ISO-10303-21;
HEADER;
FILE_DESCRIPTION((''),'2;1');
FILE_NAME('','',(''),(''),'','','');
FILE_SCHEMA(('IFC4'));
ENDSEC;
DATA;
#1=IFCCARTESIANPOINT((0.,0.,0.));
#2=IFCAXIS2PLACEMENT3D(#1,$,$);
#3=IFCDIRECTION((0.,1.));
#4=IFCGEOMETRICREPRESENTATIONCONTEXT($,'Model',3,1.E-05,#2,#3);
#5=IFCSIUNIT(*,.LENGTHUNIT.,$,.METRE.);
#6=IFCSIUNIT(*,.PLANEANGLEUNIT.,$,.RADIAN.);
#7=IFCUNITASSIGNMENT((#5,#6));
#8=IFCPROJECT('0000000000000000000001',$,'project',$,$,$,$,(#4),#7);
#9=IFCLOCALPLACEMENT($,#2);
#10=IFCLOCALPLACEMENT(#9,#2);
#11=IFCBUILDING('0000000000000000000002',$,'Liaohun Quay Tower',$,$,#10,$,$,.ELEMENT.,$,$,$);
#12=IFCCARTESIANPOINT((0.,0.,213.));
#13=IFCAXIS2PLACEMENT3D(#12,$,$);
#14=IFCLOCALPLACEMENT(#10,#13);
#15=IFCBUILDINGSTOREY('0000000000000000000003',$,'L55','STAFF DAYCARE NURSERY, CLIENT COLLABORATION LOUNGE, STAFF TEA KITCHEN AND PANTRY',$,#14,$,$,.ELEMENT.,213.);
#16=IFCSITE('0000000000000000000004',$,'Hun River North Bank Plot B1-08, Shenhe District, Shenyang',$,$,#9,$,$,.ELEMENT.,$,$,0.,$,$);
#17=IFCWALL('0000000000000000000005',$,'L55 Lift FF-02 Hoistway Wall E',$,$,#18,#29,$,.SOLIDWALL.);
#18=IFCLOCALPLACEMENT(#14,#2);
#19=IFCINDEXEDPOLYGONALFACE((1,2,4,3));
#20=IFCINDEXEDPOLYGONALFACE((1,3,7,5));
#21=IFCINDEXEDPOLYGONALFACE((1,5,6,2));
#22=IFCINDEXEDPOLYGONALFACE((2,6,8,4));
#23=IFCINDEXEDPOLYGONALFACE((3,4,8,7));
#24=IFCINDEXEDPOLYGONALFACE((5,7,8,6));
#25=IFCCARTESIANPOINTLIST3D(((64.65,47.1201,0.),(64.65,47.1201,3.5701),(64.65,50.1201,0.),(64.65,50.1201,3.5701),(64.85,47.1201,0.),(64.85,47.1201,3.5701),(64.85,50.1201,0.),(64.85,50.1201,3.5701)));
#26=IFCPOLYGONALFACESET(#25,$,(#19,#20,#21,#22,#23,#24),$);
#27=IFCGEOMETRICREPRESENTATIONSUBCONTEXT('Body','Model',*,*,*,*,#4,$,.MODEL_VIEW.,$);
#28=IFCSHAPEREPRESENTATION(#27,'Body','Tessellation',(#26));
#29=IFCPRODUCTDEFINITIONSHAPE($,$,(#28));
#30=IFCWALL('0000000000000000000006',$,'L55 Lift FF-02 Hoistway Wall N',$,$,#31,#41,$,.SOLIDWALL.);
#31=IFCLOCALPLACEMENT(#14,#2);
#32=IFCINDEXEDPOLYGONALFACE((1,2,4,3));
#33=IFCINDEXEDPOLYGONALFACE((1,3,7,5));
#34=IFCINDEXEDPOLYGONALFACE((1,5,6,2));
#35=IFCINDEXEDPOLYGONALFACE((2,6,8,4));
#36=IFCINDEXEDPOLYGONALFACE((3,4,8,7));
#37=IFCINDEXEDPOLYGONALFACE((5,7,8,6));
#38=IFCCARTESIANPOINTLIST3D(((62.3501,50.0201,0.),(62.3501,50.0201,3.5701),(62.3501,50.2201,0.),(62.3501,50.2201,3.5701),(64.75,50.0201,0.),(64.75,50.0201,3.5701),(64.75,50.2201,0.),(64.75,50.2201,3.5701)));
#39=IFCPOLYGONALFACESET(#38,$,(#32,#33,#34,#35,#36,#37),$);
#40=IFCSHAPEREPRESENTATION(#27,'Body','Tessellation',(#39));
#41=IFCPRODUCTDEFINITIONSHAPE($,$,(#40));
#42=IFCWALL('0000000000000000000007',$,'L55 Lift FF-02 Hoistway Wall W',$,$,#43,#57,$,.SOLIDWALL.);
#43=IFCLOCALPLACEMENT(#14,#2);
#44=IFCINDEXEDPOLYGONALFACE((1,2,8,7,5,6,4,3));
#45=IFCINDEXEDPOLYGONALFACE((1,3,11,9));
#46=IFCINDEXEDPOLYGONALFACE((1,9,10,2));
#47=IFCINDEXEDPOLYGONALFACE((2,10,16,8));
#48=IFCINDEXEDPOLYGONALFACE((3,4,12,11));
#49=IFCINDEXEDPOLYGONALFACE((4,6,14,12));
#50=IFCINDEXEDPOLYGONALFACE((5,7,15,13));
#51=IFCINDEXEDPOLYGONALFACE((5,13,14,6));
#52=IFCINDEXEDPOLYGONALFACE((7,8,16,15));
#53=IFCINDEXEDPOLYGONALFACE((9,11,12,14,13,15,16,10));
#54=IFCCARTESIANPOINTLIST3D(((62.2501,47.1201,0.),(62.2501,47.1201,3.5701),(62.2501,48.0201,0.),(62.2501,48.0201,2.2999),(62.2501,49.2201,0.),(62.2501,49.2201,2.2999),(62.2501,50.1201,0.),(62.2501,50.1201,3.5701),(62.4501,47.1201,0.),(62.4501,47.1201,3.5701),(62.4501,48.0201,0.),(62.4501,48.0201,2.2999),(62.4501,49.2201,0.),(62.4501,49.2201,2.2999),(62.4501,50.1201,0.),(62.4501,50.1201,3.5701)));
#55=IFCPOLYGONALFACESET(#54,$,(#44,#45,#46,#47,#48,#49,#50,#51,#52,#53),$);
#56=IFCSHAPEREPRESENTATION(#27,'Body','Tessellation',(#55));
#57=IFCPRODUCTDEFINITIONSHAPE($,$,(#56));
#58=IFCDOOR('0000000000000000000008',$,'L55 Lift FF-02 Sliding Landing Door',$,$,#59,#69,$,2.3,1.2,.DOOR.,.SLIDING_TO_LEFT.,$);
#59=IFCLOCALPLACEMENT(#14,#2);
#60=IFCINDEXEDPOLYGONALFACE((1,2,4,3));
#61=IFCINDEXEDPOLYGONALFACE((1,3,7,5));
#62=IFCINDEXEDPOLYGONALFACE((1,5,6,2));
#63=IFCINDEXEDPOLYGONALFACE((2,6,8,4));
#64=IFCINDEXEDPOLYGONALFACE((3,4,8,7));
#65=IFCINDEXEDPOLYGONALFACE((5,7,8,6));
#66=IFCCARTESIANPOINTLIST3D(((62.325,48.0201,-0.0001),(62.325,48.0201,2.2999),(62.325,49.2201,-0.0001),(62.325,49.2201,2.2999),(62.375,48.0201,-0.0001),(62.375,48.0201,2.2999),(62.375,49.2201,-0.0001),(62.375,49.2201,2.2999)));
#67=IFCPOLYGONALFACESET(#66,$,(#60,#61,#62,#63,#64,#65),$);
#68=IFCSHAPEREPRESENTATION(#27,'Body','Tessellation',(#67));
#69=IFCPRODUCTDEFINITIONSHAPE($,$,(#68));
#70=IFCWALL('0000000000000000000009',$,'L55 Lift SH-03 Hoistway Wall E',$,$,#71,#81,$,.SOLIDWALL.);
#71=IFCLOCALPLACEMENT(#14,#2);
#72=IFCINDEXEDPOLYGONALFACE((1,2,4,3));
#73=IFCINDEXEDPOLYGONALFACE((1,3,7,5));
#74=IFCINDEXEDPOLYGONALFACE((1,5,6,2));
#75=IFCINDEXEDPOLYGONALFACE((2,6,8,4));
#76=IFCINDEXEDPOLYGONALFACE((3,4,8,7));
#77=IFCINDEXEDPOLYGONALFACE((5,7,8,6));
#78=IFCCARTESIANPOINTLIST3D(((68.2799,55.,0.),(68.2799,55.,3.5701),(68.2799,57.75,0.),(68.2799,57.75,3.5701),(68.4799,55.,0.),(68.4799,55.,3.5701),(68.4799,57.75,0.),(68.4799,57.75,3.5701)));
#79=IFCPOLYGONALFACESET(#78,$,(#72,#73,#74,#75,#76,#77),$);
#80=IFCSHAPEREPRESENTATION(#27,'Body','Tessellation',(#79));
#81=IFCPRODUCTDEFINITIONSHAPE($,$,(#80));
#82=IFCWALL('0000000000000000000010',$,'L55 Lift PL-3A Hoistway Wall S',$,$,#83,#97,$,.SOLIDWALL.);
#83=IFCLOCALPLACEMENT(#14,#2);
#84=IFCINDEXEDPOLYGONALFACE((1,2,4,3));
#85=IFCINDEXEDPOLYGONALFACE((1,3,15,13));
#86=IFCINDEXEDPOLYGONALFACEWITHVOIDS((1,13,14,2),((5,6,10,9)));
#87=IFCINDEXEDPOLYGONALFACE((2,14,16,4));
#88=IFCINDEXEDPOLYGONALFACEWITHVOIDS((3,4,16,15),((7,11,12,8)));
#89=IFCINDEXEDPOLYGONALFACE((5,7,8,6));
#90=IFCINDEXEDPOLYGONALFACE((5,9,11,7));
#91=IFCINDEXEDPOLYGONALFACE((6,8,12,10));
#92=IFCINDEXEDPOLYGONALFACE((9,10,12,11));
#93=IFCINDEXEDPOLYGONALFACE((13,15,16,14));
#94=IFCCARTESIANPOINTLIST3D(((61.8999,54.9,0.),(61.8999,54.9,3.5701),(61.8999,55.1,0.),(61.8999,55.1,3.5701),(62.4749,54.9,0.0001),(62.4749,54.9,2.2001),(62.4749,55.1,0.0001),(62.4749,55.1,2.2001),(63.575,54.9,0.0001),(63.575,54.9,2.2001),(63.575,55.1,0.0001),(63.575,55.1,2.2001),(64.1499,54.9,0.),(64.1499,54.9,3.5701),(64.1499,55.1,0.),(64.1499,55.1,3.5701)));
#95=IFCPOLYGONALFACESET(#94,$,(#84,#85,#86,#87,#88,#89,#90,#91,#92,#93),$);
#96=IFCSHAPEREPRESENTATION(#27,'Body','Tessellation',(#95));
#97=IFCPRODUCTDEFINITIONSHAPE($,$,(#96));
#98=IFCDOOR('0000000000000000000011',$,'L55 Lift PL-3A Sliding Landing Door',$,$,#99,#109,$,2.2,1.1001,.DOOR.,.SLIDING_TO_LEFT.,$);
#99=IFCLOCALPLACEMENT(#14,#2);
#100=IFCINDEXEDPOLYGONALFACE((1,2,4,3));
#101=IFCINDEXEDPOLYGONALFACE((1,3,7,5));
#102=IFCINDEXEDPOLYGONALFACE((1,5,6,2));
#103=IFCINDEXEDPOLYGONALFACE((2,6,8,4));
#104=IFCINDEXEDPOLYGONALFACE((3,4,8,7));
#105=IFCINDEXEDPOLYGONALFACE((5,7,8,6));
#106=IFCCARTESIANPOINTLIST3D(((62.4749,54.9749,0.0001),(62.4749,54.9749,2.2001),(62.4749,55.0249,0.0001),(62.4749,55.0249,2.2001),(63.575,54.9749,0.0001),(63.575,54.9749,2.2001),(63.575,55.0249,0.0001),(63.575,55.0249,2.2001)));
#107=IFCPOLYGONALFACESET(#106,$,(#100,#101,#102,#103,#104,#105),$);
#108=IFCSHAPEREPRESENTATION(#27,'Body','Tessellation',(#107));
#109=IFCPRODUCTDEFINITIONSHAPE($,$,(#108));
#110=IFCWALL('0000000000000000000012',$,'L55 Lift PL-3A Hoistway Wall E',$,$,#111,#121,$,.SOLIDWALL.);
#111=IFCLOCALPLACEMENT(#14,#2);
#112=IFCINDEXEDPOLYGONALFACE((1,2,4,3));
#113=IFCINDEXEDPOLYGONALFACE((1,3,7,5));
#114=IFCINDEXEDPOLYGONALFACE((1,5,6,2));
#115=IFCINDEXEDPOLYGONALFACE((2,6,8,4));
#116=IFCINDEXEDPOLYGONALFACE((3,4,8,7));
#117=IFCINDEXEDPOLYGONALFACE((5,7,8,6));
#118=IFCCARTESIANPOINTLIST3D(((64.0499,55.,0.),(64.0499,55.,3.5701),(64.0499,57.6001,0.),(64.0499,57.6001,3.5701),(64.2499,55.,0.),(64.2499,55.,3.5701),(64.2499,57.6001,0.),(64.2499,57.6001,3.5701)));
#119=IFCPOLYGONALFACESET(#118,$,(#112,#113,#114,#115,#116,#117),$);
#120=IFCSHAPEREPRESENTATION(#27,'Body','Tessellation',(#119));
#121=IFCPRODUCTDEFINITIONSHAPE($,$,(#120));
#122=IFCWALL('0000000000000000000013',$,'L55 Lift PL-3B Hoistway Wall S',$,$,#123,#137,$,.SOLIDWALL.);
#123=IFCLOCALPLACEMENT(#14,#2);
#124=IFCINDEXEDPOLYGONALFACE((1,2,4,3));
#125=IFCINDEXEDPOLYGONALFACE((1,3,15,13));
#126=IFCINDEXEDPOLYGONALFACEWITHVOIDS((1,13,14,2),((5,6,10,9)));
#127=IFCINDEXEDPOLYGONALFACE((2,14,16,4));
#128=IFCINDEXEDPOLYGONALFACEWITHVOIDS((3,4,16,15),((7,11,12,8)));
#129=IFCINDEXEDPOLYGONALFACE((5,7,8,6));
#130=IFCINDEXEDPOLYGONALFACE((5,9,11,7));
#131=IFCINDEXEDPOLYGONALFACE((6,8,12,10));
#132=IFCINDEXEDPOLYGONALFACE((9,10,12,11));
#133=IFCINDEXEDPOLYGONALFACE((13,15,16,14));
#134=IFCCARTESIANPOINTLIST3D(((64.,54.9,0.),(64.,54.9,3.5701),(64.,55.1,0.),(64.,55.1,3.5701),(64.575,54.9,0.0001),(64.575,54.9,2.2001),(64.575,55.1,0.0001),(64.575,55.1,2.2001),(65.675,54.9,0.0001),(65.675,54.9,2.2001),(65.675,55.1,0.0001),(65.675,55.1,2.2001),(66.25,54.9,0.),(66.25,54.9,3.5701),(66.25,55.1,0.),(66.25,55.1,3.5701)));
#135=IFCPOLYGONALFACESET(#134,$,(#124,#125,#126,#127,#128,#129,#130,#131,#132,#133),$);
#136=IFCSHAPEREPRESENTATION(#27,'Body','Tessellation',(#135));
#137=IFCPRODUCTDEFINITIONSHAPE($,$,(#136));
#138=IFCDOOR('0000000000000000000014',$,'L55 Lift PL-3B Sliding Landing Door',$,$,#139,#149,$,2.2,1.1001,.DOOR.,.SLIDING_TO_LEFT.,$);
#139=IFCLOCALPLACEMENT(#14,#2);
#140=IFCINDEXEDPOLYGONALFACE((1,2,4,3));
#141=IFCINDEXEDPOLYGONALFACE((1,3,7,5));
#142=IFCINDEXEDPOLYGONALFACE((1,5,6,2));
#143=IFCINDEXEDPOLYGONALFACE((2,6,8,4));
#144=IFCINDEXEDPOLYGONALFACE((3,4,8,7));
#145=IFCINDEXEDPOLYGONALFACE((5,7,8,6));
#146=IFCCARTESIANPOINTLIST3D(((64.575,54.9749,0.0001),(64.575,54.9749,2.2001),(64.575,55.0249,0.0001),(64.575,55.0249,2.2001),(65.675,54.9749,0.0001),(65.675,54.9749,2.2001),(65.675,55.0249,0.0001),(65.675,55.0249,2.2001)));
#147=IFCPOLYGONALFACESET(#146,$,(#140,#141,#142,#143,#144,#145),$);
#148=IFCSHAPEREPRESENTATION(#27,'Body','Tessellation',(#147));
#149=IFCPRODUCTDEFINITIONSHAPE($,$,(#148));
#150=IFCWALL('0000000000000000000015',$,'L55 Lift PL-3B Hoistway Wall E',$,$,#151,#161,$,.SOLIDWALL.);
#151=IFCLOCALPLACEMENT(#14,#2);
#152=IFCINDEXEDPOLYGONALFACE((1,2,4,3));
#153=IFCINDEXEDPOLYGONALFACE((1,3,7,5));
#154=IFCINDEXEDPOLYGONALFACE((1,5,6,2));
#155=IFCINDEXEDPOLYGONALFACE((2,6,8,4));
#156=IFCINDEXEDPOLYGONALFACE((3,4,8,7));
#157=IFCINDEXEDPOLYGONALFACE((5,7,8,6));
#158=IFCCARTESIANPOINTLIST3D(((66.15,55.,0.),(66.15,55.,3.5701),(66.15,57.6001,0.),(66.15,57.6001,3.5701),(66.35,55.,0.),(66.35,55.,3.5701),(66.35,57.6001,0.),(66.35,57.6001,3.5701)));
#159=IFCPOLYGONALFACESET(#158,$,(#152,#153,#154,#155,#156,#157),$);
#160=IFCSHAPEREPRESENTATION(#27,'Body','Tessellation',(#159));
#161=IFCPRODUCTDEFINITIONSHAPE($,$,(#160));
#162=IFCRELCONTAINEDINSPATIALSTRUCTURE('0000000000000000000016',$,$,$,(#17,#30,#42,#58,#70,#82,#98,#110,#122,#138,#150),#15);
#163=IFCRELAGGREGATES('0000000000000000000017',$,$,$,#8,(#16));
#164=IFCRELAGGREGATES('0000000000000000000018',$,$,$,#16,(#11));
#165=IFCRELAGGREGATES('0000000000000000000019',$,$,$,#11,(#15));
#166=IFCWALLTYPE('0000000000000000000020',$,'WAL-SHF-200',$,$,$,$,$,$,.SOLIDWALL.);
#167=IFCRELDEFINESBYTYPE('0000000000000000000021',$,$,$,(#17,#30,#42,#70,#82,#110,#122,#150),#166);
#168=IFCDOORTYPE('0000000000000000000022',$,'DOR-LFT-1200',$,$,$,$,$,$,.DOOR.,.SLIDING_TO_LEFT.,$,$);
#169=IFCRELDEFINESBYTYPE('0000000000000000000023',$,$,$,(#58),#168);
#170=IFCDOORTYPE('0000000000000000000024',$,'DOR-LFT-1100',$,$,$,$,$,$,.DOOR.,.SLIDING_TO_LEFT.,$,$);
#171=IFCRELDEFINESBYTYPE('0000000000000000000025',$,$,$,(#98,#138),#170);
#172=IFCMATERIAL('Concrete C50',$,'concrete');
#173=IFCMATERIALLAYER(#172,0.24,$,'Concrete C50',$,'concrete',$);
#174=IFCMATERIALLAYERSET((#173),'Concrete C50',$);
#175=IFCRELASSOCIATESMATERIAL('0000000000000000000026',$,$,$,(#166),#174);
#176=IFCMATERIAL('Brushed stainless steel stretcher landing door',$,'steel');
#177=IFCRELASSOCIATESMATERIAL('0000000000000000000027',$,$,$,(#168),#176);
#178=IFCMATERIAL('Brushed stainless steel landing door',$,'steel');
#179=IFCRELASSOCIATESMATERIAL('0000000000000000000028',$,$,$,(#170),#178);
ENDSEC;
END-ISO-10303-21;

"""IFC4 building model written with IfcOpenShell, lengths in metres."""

from ifc_helpers import new_model, si_unit, direction, frame, frame_2d, origin, place, context, subcontext, project, spatial, rectangle, extrude, source, transform, mapped, material, layer, layer_set, type_object, element, fill, save


model = new_model("IFC4")

# Units and contexts
model_context = context("Model", 3, precision=1e-05, world=origin(), true_north=direction((0.0, 1.0)))
body_context = subcontext(model_context, "Body", "Model", "MODEL_VIEW")
ifc_project = project(units=[si_unit("LENGTHUNIT", "METRE"), si_unit("PLANEANGLEUNIT", "RADIAN")], contexts=[model_context])

# Site, building, storey
site_placement = place(None, origin())
site = spatial("IfcSite", under=ifc_project, at=site_placement, Name="Hun River North Bank Plot B1-08, Shenhe District, Shenyang", CompositionType="ELEMENT", RefElevation=0.0)
building_placement = place(site_placement, origin())
building = spatial("IfcBuilding", under=site, at=building_placement, Name="Liaohun Quay Tower", CompositionType="ELEMENT")
storey_placement = place(building_placement, frame((0.0, 0.0, 213.0)))
storey = spatial("IfcBuildingStorey", under=building, at=storey_placement, Name="L55", Description="STAFF DAYCARE NURSERY, CLIENT COLLABORATION LOUNGE, STAFF TEA KITCHEN AND PANTRY", CompositionType="ELEMENT", Elevation=213.0)

# Walls
ifc_material_1 = material(Name="Concrete C50", Category="concrete")
ifc_layer_1 = layer(ifc_material_1, 0.24, Name="Concrete C50", Category="concrete")
ifc_layer_set_1 = layer_set([ifc_layer_1], Name="Concrete C50")
wall_type_1 = type_object("IfcWallType", Name="WAL-SHF-200", PredefinedType="SOLIDWALL", material=ifc_layer_set_1)
wall_1_placement = place(storey_placement, frame((64.75, 47.1201, 0.0), z_axis=(0.0, 0.0, 1.0), x_axis=(0.0, 1.0, 0.0)))
element("IfcWall", 1, at=wall_1_placement, inside=storey, type_object=wall_type_1, Name="L55 Lift FF-02 Hoistway Wall E", PredefinedType="SOLIDWALL", context=body_context, shape_type="SweptSolid", body=[
    extrude(rectangle(XDim=3.0, YDim=0.2, at=frame_2d((1.5, 0.0))), origin(), (0.0, 0.0, 1.0), 3.5701),
])
wall_2_placement = place(storey_placement, frame((64.75, 50.1201, 0.0), z_axis=(0.0, 0.0, 1.0), x_axis=(-1.0, 0.0, 0.0)))
element("IfcWall", 2, at=wall_2_placement, inside=storey, type_object=wall_type_1, Name="L55 Lift FF-02 Hoistway Wall N", PredefinedType="SOLIDWALL", context=body_context, shape_type="SweptSolid", body=[
    extrude(rectangle(XDim=2.3999, YDim=0.2, at=frame_2d((1.2, 0.0))), origin(), (0.0, 0.0, 1.0), 3.5701),
])

# Wall, opening, door
wall_3_placement = place(storey_placement, frame((62.3501, 50.1201, 0.0), z_axis=(0.0, 0.0, 1.0), x_axis=(0.0, -1.0, 0.0)))
wall_3 = element("IfcWall", 3, at=wall_3_placement, inside=storey, type_object=wall_type_1, Name="L55 Lift FF-02 Hoistway Wall W", PredefinedType="SOLIDWALL", context=body_context, shape_type="SweptSolid", body=[
    extrude(rectangle(XDim=3.0, YDim=0.2, at=frame_2d((1.5, 0.0))), origin(), (0.0, 0.0, 1.0), 3.5701),
])
shared_shape_1 = source(origin(), body_context, "Body", "SweptSolid", [
    extrude(rectangle(XDim=1.2, YDim=2.3, at=frame_2d((0.6001, 1.1499))), frame((0.0, 0.1099, 0.0), z_axis=(0.0, -1.0, 0.0), x_axis=(1.0, 0.0, 0.0)), (0.0, 0.0, 1.0), 0.22),
])
opening_1_placement = place(wall_3_placement, frame((0.8999, 0.0, 0.0)))
opening_1 = element("IfcOpeningElement", 4, at=opening_1_placement, cuts=wall_3, PredefinedType="OPENING", context=body_context, shape_type="MappedRepresentation", body=[
    mapped(shared_shape_1, transform((0.0, 0.0, 0.0), x_axis=(1.0, 0.0, 0.0), y_axis=(0.0, 1.0, 0.0), z_axis=(0.0, 0.0, 1.0), scale=1.0)),
])
ifc_material_2 = material(Name="Brushed stainless steel stretcher landing door", Category="steel")
door_type_1 = type_object("IfcDoorType", Name="DOR-LFT-1200", OperationType="SLIDING_TO_LEFT", PredefinedType="DOOR", material=ifc_material_2)
shared_shape_2 = source(origin(), body_context, "Body", "SweptSolid", [
    extrude(rectangle(XDim=1.2, YDim=2.3, at=frame_2d((0.6001, 1.1499))), frame((0.0, 0.0249, 0.0), z_axis=(0.0, -1.0, 0.0), x_axis=(1.0, 0.0, 0.0)), (0.0, 0.0, 1.0), 0.05),
])
door_1_placement = place(opening_1_placement, origin())
door_1 = element("IfcDoor", 5, at=door_1_placement, inside=storey, type_object=door_type_1, Name="L55 Lift FF-02 Sliding Landing Door", OperationType="SLIDING_TO_LEFT", OverallHeight=2.3, OverallWidth=1.2, PredefinedType="DOOR", context=body_context, shape_type="MappedRepresentation", body=[
    mapped(shared_shape_2, transform((0.0, 0.0, 0.0), x_axis=(1.0, 0.0, 0.0), y_axis=(0.0, 1.0, 0.0), z_axis=(0.0, 0.0, 1.0), scale=1.0)),
])
fill(opening_1, door_1)

# Wall
wall_4_placement = place(storey_placement, frame((68.3799, 55.0, 0.0), z_axis=(0.0, 0.0, 1.0), x_axis=(0.0, 1.0, 0.0)))
element("IfcWall", 6, at=wall_4_placement, inside=storey, type_object=wall_type_1, Name="L55 Lift SH-03 Hoistway Wall E", PredefinedType="SOLIDWALL", context=body_context, shape_type="SweptSolid", body=[
    extrude(rectangle(XDim=2.75, YDim=0.2, at=frame_2d((1.375, 0.0))), origin(), (0.0, 0.0, 1.0), 3.5701),
])

# Wall, opening, door
wall_5_placement = place(storey_placement, frame((61.8999, 55.0, 0.0), z_axis=(0.0, 0.0, 1.0), x_axis=(1.0, 0.0, 0.0)))
wall_5 = element("IfcWall", 7, at=wall_5_placement, inside=storey, type_object=wall_type_1, Name="L55 Lift PL-3A Hoistway Wall S", PredefinedType="SOLIDWALL", context=body_context, shape_type="SweptSolid", body=[
    extrude(rectangle(XDim=2.25, YDim=0.2, at=frame_2d((1.125, 0.0))), origin(), (0.0, 0.0, 1.0), 3.5701),
])
shared_shape_3 = source(origin(), body_context, "Body", "SweptSolid", [
    extrude(rectangle(XDim=1.1001, YDim=2.2, at=frame_2d((0.55, 1.1001))), frame((0.0, 0.1099, 0.0), z_axis=(0.0, -1.0, 0.0), x_axis=(1.0, 0.0, 0.0)), (0.0, 0.0, 1.0), 0.22),
])
opening_2_placement = place(wall_5_placement, frame((0.575, 0.0, 0.0)))
opening_2 = element("IfcOpeningElement", 8, at=opening_2_placement, cuts=wall_5, PredefinedType="OPENING", context=body_context, shape_type="MappedRepresentation", body=[
    mapped(shared_shape_3, transform((0.0, 0.0, 0.0), x_axis=(1.0, 0.0, 0.0), y_axis=(0.0, 1.0, 0.0), z_axis=(0.0, 0.0, 1.0), scale=1.0)),
])
ifc_material_3 = material(Name="Brushed stainless steel landing door", Category="steel")
door_type_2 = type_object("IfcDoorType", Name="DOR-LFT-1100", OperationType="SLIDING_TO_LEFT", PredefinedType="DOOR", material=ifc_material_3)
shared_shape_4 = source(origin(), body_context, "Body", "SweptSolid", [
    extrude(rectangle(XDim=1.1001, YDim=2.2, at=frame_2d((0.55, 1.1001))), frame((0.0, 0.0249, 0.0), z_axis=(0.0, -1.0, 0.0), x_axis=(1.0, 0.0, 0.0)), (0.0, 0.0, 1.0), 0.05),
])
door_2_placement = place(opening_2_placement, origin())
door_2 = element("IfcDoor", 9, at=door_2_placement, inside=storey, type_object=door_type_2, Name="L55 Lift PL-3A Sliding Landing Door", OperationType="SLIDING_TO_LEFT", OverallHeight=2.2, OverallWidth=1.1001, PredefinedType="DOOR", context=body_context, shape_type="MappedRepresentation", body=[
    mapped(shared_shape_4, transform((0.0, 0.0, 0.0), x_axis=(1.0, 0.0, 0.0), y_axis=(0.0, 1.0, 0.0), z_axis=(0.0, 0.0, 1.0), scale=1.0)),
])
fill(opening_2, door_2)

# Wall
wall_6_placement = place(storey_placement, frame((64.1499, 55.0, 0.0), z_axis=(0.0, 0.0, 1.0), x_axis=(0.0, 1.0, 0.0)))
element("IfcWall", 10, at=wall_6_placement, inside=storey, type_object=wall_type_1, Name="L55 Lift PL-3A Hoistway Wall E", PredefinedType="SOLIDWALL", context=body_context, shape_type="SweptSolid", body=[
    extrude(rectangle(XDim=2.6001, YDim=0.2, at=frame_2d((1.3, 0.0))), origin(), (0.0, 0.0, 1.0), 3.5701),
])

# Wall, opening, door
wall_7_placement = place(storey_placement, frame((64.0, 55.0, 0.0), z_axis=(0.0, 0.0, 1.0), x_axis=(1.0, 0.0, 0.0)))
wall_7 = element("IfcWall", 11, at=wall_7_placement, inside=storey, type_object=wall_type_1, Name="L55 Lift PL-3B Hoistway Wall S", PredefinedType="SOLIDWALL", context=body_context, shape_type="SweptSolid", body=[
    extrude(rectangle(XDim=2.25, YDim=0.2, at=frame_2d((1.125, 0.0))), origin(), (0.0, 0.0, 1.0), 3.5701),
])
opening_3_placement = place(wall_7_placement, frame((0.575, 0.0, 0.0)))
opening_3 = element("IfcOpeningElement", 12, at=opening_3_placement, cuts=wall_7, PredefinedType="OPENING", context=body_context, shape_type="MappedRepresentation", body=[
    mapped(shared_shape_3, transform((0.0, 0.0, 0.0), x_axis=(1.0, 0.0, 0.0), y_axis=(0.0, 1.0, 0.0), z_axis=(0.0, 0.0, 1.0), scale=1.0)),
])
door_3_placement = place(opening_3_placement, origin())
door_3 = element("IfcDoor", 13, at=door_3_placement, inside=storey, type_object=door_type_2, Name="L55 Lift PL-3B Sliding Landing Door", OperationType="SLIDING_TO_LEFT", OverallHeight=2.2, OverallWidth=1.1001, PredefinedType="DOOR", context=body_context, shape_type="MappedRepresentation", body=[
    mapped(shared_shape_4, transform((0.0, 0.0, 0.0), x_axis=(1.0, 0.0, 0.0), y_axis=(0.0, 1.0, 0.0), z_axis=(0.0, 0.0, 1.0), scale=1.0)),
])
fill(opening_3, door_3)

# Wall
wall_8_placement = place(storey_placement, frame((66.25, 55.0, 0.0), z_axis=(0.0, 0.0, 1.0), x_axis=(0.0, 1.0, 0.0)))
element("IfcWall", 14, at=wall_8_placement, inside=storey, type_object=wall_type_1, Name="L55 Lift PL-3B Hoistway Wall E", PredefinedType="SOLIDWALL", context=body_context, shape_type="SweptSolid", body=[
    extrude(rectangle(XDim=2.6001, YDim=0.2, at=frame_2d((1.3, 0.0))), origin(), (0.0, 0.0, 1.0), 3.5701),
])

save(model, "model.ifc")
